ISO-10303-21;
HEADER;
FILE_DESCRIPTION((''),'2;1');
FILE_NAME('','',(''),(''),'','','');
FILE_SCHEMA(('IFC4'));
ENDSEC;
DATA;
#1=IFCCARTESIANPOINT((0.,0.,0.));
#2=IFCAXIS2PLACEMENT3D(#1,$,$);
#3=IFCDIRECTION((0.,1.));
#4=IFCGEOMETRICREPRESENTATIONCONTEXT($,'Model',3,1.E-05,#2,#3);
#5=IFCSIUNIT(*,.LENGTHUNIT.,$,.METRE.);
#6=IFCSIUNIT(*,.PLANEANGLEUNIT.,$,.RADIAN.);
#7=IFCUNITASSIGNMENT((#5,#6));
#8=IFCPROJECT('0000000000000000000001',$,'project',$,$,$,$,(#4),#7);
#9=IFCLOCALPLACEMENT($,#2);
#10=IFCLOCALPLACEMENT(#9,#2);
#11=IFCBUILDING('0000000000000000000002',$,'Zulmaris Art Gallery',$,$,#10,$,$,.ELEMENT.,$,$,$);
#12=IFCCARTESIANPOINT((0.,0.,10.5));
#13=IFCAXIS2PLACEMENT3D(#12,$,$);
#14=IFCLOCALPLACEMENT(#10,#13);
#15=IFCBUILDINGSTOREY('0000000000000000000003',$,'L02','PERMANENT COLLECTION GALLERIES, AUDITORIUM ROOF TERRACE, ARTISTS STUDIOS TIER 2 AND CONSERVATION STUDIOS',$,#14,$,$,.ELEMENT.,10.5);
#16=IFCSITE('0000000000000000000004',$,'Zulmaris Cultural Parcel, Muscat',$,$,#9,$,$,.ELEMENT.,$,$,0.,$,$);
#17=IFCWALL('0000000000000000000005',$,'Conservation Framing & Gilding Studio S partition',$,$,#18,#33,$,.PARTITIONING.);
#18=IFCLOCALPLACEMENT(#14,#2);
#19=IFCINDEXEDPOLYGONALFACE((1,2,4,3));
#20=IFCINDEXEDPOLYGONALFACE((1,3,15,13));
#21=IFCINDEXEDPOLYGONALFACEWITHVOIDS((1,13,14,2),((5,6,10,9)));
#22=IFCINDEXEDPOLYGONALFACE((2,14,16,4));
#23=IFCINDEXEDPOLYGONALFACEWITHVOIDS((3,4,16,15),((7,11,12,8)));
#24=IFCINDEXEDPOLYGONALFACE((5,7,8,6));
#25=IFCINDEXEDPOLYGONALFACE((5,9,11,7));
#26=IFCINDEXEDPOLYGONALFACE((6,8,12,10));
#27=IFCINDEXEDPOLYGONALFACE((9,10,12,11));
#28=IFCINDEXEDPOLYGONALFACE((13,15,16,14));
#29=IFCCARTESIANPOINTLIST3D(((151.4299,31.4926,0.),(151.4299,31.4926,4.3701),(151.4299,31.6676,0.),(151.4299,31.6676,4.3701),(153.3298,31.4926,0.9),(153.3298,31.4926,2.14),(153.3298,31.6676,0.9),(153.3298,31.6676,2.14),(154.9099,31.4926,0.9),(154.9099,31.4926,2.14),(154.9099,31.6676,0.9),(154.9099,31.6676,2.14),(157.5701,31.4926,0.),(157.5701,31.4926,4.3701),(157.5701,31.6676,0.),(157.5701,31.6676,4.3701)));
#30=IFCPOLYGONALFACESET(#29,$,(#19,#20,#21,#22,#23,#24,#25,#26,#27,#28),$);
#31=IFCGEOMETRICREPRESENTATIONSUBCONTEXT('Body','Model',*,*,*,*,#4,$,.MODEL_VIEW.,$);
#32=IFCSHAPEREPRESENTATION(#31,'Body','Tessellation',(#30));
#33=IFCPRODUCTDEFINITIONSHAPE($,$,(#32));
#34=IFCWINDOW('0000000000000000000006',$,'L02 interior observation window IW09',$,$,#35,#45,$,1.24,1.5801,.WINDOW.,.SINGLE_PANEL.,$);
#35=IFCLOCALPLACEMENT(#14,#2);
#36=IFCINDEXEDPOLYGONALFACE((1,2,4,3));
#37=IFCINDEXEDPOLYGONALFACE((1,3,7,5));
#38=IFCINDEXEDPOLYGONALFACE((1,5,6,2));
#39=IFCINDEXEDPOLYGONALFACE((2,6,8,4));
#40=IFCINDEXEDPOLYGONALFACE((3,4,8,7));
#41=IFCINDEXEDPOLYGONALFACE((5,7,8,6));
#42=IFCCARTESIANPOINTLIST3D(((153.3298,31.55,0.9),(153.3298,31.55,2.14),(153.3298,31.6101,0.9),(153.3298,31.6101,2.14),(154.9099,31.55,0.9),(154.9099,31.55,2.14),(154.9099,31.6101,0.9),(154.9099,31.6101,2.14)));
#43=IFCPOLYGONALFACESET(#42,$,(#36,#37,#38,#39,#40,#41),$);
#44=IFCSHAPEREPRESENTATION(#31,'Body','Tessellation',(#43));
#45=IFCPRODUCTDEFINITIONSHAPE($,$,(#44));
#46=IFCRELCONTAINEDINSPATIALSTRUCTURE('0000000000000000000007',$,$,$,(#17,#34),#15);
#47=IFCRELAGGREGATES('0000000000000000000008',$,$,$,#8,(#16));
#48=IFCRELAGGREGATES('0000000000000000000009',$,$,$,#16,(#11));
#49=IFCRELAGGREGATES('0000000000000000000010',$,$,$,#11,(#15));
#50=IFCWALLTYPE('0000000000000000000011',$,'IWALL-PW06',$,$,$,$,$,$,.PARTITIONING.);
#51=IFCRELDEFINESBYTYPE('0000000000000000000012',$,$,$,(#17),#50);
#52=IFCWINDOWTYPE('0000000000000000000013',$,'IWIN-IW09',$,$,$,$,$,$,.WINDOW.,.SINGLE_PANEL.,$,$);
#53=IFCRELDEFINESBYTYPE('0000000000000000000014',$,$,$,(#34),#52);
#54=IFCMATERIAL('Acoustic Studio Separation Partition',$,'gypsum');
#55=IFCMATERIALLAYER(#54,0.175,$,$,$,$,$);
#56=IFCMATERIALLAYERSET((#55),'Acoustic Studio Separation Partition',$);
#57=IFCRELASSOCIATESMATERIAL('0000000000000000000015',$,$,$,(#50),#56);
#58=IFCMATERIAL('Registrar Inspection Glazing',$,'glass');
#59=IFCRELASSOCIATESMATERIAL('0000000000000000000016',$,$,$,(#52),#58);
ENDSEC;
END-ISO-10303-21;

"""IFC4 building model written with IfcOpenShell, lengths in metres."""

from ifc_helpers import new_model, si_unit, direction, frame, frame_2d, origin, place, context, subcontext, project, spatial, rectangle, extrude, material, layer, layer_set, type_object, element, fill, save


model = new_model("IFC4")

# Units and contexts
model_context = context("Model", 3, precision=1e-05, world=origin(), true_north=direction((0.0, 1.0)))
body_context = subcontext(model_context, "Body", "Model", "MODEL_VIEW")
ifc_project = project(units=[si_unit("LENGTHUNIT", "METRE"), si_unit("PLANEANGLEUNIT", "RADIAN")], contexts=[model_context])

# Site, building, storey
site_placement = place(None, origin())
site = spatial("IfcSite", under=ifc_project, at=site_placement, Name="Zulmaris Cultural Parcel, Muscat", CompositionType="ELEMENT", RefElevation=0.0)
building_placement = place(site_placement, origin())
building = spatial("IfcBuilding", under=site, at=building_placement, Name="Zulmaris Art Gallery", CompositionType="ELEMENT")
storey_placement = place(building_placement, frame((0.0, 0.0, 10.5)))
storey = spatial("IfcBuildingStorey", under=building, at=storey_placement, Name="L02", Description="PERMANENT COLLECTION GALLERIES, AUDITORIUM ROOF TERRACE, ARTISTS STUDIOS TIER 2 AND CONSERVATION STUDIOS", CompositionType="ELEMENT", Elevation=10.5)

# Shared definitions
ifc_material_1 = material(Name="Acoustic Studio Separation Partition", Category="gypsum")
ifc_layer_1 = layer(ifc_material_1, 0.175)
ifc_layer_set_1 = layer_set([ifc_layer_1], Name="Acoustic Studio Separation Partition")
wall_type = type_object("IfcWallType", Name="IWALL-PW06", PredefinedType="PARTITIONING", material=ifc_layer_set_1)

# Wall, opening, window
wall_1_placement = place(storey_placement, frame((151.4299, 31.5801, 0.0), z_axis=(0.0, 0.0, 1.0), x_axis=(1.0, 0.0, 0.0)))
wall_1 = element("IfcWall", 1, at=wall_1_placement, inside=storey, type_object=wall_type, Name="Conservation Framing & Gilding Studio S partition", PredefinedType="PARTITIONING", context=body_context, shape_type="SweptSolid", body=[
    extrude(rectangle(XDim=6.1401, YDim=0.175, at=frame_2d((3.0701, 0.0))), origin(), (0.0, 0.0, 1.0), 4.3701),
])
opening_1_placement = place(wall_1_placement, frame((1.8999, 0.0, 0.8999)))
opening_1 = element("IfcOpeningElement", 2, at=opening_1_placement, cuts=wall_1, PredefinedType="OPENING", context=body_context, shape_type="SweptSolid", body=[
    extrude(rectangle(XDim=1.5801, YDim=1.24, at=frame_2d((0.79, 0.6201))), frame((0.0, 0.0974, 0.0), z_axis=(0.0, -1.0, 0.0), x_axis=(1.0, 0.0, 0.0)), (0.0, 0.0, 1.0), 0.1951),
])
ifc_material_2 = material(Name="Registrar Inspection Glazing", Category="glass")
window_type = type_object("IfcWindowType", Name="IWIN-IW09", PartitioningType="SINGLE_PANEL", PredefinedType="WINDOW", material=ifc_material_2)
window_placement = place(opening_1_placement, origin())
window = element("IfcWindow", 3, at=window_placement, inside=storey, type_object=window_type, Name="L02 interior observation window IW09", OverallHeight=1.24, OverallWidth=1.5801, PartitioningType="SINGLE_PANEL", PredefinedType="WINDOW", context=body_context, shape_type="SweptSolid", body=[
    extrude(rectangle(XDim=1.5801, YDim=1.24, at=frame_2d((0.79, 0.6201))), frame((0.0, 0.03, 0.0), z_axis=(0.0, -1.0, 0.0), x_axis=(1.0, 0.0, 0.0)), (0.0, 0.0, 1.0), 0.0601),
])
fill(opening_1, window)

save(model, "model.ifc")
